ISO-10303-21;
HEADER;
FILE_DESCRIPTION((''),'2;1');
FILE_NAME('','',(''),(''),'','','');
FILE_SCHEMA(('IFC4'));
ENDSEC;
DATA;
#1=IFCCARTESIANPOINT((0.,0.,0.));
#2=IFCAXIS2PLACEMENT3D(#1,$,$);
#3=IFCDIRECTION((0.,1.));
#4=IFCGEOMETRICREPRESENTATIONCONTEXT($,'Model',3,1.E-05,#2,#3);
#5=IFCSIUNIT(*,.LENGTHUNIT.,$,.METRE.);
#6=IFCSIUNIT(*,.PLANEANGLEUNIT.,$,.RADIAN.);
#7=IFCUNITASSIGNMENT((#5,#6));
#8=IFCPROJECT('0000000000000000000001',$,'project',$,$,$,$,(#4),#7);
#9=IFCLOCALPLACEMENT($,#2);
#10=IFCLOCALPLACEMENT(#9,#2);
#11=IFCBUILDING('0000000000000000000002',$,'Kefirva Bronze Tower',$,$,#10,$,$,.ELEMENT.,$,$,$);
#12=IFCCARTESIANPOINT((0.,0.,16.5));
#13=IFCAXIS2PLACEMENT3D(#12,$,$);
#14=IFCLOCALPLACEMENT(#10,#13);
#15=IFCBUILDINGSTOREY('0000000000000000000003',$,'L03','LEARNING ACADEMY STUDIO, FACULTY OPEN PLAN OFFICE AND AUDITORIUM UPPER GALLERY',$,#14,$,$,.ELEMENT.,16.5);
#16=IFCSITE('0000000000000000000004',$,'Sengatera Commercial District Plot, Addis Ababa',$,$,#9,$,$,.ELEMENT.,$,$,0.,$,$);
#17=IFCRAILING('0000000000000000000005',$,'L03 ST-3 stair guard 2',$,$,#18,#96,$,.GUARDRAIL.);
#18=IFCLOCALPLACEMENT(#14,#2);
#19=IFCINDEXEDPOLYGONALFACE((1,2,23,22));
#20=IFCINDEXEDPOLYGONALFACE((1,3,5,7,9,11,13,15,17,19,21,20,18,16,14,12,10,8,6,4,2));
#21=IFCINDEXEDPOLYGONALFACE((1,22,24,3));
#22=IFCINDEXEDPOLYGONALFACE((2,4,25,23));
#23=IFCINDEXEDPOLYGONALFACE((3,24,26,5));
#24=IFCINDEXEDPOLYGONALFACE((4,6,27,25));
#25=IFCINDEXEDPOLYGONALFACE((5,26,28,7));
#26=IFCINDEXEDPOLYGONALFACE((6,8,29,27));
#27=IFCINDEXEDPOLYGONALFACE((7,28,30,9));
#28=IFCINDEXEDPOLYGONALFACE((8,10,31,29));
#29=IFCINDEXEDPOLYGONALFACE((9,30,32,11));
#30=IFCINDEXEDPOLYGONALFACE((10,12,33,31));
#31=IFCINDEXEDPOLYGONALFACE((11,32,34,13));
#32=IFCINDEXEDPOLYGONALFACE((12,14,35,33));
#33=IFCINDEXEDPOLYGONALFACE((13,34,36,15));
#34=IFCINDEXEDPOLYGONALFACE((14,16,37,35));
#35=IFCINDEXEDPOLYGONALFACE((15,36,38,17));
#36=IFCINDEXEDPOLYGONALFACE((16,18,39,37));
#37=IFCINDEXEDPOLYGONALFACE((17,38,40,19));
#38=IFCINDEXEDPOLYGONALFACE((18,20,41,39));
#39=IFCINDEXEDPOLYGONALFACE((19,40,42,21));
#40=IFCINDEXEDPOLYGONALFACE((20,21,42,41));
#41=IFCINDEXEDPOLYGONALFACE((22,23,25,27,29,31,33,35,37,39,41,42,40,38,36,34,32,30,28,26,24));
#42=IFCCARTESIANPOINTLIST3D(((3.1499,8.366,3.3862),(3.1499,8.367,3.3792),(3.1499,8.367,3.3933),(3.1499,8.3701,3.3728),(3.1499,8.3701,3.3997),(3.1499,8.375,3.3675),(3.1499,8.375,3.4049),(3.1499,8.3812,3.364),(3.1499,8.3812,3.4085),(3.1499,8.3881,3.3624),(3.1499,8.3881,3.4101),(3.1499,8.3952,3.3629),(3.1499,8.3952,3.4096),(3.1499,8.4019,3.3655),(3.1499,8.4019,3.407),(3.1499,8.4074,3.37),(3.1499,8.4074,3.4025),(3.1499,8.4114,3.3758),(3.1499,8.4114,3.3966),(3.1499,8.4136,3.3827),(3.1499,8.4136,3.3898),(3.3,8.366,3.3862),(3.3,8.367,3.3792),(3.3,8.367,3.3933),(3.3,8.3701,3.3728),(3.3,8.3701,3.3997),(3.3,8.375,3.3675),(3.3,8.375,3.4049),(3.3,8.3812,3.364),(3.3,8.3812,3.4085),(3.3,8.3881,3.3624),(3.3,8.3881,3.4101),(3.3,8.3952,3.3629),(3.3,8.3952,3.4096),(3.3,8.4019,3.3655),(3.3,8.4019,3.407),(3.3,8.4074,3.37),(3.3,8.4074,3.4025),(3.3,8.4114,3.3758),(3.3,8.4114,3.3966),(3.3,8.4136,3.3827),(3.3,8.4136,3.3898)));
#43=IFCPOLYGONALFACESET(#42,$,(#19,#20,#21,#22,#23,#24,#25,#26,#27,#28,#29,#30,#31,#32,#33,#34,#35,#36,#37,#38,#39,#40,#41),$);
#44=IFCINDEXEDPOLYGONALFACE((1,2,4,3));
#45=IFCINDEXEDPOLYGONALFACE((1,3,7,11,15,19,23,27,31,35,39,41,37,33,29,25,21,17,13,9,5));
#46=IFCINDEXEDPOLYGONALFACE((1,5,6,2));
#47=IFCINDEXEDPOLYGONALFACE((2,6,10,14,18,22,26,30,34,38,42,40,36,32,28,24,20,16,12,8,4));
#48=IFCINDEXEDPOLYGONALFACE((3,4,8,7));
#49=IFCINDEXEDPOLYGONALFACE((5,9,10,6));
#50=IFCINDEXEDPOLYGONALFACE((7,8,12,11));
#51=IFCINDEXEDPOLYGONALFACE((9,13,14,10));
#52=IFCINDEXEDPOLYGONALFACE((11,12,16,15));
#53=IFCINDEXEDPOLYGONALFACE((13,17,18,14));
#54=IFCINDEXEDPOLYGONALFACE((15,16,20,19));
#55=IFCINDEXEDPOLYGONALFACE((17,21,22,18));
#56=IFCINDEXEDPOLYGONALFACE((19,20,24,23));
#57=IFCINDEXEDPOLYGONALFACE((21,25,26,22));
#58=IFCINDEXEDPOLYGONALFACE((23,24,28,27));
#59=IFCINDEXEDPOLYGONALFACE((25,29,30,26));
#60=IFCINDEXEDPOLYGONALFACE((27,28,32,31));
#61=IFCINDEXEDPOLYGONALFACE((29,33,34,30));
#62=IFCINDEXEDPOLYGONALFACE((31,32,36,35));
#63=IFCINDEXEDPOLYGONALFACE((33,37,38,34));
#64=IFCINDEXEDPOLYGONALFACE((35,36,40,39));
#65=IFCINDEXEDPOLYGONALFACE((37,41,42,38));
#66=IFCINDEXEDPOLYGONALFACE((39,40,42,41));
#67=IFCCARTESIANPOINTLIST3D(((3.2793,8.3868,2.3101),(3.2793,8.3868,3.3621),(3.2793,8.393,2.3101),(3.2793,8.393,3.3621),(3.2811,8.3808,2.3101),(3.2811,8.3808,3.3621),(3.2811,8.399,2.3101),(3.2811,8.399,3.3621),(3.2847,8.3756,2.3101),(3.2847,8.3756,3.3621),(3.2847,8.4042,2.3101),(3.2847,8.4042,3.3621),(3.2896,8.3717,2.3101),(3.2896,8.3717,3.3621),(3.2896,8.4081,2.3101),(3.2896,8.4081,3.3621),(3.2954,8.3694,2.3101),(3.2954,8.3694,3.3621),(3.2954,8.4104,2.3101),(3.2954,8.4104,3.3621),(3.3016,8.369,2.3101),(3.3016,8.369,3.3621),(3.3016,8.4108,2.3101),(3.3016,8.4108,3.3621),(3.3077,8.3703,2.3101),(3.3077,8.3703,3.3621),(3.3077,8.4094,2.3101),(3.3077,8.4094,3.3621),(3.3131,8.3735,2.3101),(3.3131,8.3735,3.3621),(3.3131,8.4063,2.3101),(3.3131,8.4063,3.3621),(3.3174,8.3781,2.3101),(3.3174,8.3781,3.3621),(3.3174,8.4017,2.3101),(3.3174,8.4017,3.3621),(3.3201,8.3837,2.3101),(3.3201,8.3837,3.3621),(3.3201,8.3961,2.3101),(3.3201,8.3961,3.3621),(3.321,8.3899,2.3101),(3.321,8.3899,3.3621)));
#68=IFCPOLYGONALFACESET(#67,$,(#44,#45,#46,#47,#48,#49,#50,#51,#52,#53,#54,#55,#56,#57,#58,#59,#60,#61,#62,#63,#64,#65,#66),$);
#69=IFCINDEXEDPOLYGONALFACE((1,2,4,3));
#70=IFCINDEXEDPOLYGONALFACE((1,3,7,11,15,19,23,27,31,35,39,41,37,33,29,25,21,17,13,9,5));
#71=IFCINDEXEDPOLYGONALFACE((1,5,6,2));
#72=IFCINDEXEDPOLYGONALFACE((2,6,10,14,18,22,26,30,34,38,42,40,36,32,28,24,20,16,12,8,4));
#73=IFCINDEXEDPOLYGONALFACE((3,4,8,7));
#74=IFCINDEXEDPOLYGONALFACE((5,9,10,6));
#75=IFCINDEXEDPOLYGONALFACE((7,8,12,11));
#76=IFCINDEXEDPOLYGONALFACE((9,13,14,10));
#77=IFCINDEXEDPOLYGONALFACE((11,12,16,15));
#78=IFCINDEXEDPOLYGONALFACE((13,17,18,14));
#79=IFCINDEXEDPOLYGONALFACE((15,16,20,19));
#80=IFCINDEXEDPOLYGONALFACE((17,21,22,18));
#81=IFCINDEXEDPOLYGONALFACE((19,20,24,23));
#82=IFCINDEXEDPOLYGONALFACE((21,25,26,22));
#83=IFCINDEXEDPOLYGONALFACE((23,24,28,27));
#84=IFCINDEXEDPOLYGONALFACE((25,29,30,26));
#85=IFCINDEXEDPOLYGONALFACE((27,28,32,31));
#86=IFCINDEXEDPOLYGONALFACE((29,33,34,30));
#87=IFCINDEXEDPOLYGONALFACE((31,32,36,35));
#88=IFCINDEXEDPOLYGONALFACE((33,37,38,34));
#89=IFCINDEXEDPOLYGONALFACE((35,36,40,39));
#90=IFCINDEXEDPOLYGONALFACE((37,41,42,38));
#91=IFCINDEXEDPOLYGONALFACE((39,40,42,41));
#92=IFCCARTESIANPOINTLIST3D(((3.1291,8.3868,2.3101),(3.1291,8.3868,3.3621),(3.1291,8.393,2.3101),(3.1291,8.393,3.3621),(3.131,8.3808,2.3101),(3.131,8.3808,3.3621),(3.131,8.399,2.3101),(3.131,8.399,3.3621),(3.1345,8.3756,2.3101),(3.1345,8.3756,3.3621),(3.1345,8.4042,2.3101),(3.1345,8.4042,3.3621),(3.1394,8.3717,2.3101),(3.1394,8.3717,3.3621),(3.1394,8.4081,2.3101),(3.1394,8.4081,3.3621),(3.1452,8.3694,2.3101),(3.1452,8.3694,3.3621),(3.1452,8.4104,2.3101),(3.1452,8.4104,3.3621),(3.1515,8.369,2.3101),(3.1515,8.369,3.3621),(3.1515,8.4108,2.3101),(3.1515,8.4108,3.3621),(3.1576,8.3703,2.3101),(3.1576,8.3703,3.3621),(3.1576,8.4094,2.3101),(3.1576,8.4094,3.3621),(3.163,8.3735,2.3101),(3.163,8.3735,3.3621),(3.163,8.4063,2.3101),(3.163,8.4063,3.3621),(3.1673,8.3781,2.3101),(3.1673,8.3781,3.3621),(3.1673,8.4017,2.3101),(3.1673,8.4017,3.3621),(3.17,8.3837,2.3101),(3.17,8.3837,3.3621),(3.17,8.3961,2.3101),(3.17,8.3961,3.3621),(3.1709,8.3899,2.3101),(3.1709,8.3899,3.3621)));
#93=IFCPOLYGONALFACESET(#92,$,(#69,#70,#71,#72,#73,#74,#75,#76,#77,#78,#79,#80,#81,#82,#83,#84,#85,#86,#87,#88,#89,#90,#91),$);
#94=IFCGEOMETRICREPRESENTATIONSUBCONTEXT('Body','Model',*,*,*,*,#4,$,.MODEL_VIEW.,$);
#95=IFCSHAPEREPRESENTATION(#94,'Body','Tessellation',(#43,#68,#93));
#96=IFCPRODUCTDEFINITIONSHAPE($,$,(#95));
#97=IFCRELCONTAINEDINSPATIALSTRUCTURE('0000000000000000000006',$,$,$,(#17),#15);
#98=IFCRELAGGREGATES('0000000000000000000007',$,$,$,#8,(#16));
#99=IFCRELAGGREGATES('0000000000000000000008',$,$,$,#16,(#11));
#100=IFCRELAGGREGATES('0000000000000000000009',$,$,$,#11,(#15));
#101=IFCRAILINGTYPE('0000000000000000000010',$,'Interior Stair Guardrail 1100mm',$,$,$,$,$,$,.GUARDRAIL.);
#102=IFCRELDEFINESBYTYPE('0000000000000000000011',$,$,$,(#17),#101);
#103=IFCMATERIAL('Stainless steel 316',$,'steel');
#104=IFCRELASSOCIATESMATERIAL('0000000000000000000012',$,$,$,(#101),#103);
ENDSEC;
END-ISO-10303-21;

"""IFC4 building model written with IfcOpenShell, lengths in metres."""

from ifc_helpers import new_model, si_unit, direction, frame, origin, origin_2d, place, context, subcontext, project, spatial, circle, extrude, material, type_object, element, save


model = new_model("IFC4")

# Units and contexts
model_context = context("Model", 3, precision=1e-05, world=origin(), true_north=direction((0.0, 1.0)))
body_context = subcontext(model_context, "Body", "Model", "MODEL_VIEW")
ifc_project = project(units=[si_unit("LENGTHUNIT", "METRE"), si_unit("PLANEANGLEUNIT", "RADIAN")], contexts=[model_context])

# Site, building, storey
site_placement = place(None, origin())
site = spatial("IfcSite", under=ifc_project, at=site_placement, Name="Sengatera Commercial District Plot, Addis Ababa", CompositionType="ELEMENT", RefElevation=0.0)
building_placement = place(site_placement, origin())
building = spatial("IfcBuilding", under=site, at=building_placement, Name="Kefirva Bronze Tower", CompositionType="ELEMENT")
storey_placement = place(building_placement, frame((0.0, 0.0, 16.5)))
storey = spatial("IfcBuildingStorey", under=building, at=storey_placement, Name="L03", Description="LEARNING ACADEMY STUDIO, FACULTY OPEN PLAN OFFICE AND AUDITORIUM UPPER GALLERY", CompositionType="ELEMENT", Elevation=16.5)

# Railing
ifc_material_1 = material(Name="Stainless steel 316", Category="steel")
railing_type_1 = type_object("IfcRailingType", Name="Interior Stair Guardrail 1100mm", PredefinedType="GUARDRAIL", material=ifc_material_1)
railing_1_placement = place(storey_placement, frame((3.3, 8.3899, 2.3101)))
element("IfcRailing", 1, at=railing_1_placement, inside=storey, type_object=railing_type_1, Name="L03 ST-3 stair guard 2", PredefinedType="GUARDRAIL", context=body_context, shape_type="SweptSolid", body=[
    extrude(circle(Radius=0.0239, at=origin_2d()), frame((0.0, 0.0, 1.0762), z_axis=(-1.0, 0.0, 0.0), x_axis=(0.0, -1.0, 0.0)), (0.0, 0.0, 1.0), 0.1501),
    extrude(circle(Radius=0.021, at=origin_2d()), origin(), (0.0, 0.0, 1.0), 1.052),
    extrude(circle(Radius=0.021, at=origin_2d()), frame((-0.1501, 0.0, 0.0)), (0.0, 0.0, 1.0), 1.052),
])

save(model, "model.ifc")
